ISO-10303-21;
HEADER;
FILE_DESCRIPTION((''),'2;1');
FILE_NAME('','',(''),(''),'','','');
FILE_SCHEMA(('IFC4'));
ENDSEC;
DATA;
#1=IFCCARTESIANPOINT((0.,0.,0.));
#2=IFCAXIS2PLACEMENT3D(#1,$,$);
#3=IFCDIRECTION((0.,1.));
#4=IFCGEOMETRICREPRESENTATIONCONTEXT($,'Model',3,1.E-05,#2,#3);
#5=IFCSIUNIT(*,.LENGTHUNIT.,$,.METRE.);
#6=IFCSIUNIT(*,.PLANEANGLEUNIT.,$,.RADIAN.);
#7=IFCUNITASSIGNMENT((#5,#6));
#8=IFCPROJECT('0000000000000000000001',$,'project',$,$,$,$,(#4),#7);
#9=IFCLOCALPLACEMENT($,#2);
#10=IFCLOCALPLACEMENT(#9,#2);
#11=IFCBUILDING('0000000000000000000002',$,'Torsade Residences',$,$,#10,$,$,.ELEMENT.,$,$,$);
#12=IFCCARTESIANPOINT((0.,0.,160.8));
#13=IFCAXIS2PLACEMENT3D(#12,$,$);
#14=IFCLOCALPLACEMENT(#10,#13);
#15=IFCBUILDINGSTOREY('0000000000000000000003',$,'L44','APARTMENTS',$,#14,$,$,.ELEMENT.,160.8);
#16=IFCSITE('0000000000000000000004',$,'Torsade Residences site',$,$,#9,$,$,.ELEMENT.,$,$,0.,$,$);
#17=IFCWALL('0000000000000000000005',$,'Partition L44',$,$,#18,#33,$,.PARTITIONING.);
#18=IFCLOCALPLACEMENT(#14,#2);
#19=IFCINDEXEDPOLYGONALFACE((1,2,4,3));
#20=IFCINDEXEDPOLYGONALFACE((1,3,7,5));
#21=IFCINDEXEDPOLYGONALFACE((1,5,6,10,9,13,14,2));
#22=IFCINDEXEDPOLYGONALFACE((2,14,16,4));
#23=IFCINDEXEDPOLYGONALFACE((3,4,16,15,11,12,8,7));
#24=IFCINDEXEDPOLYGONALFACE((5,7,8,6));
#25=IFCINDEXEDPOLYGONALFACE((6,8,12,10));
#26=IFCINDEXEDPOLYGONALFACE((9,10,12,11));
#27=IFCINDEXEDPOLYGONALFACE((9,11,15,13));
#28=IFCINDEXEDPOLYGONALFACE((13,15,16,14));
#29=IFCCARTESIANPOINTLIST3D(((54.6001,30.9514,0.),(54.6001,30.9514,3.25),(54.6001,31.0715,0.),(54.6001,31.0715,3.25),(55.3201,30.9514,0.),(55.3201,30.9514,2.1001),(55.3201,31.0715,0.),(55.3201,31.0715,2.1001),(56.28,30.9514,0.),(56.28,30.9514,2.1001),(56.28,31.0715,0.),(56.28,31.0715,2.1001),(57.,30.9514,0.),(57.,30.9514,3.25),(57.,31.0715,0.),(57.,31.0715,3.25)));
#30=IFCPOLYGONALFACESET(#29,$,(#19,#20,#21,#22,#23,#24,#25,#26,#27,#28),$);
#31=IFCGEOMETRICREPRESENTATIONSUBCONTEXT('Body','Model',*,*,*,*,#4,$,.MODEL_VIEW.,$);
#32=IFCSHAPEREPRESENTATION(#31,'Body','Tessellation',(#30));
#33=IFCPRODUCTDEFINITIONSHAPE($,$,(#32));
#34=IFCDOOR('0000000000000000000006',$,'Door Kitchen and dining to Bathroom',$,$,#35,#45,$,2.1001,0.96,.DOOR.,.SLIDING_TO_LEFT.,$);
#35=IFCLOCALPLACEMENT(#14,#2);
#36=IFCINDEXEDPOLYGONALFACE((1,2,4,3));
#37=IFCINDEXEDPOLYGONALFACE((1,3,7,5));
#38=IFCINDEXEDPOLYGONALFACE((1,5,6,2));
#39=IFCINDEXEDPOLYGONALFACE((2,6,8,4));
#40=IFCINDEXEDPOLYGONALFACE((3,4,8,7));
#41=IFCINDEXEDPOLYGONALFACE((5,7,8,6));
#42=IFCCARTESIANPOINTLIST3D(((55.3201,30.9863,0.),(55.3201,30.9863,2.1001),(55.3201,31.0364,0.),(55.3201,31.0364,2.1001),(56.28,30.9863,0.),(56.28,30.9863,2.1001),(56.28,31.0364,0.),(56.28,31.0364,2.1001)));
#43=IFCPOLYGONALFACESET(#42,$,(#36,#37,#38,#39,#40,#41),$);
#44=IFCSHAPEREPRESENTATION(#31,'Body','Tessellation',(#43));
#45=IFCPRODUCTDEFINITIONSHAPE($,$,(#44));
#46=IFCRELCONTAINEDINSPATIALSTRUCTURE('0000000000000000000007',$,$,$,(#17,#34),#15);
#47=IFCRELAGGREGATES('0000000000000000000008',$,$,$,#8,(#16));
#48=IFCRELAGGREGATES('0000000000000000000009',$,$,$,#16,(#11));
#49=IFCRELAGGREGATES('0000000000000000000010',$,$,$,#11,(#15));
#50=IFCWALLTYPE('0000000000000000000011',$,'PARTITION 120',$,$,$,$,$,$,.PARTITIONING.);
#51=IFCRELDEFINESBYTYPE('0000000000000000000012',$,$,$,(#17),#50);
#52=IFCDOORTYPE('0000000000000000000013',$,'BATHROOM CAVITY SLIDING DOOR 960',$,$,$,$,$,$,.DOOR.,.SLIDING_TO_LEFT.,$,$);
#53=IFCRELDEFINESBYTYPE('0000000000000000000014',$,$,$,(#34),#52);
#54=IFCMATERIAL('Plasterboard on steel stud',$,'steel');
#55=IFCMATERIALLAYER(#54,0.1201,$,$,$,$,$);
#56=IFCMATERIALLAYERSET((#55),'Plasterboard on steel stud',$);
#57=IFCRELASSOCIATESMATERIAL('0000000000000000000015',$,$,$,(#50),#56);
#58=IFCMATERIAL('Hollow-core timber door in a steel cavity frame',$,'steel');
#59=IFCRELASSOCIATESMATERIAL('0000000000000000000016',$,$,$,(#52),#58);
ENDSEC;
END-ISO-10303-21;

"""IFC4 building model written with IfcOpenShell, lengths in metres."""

from ifc_helpers import new_model, si_unit, direction, frame, frame_2d, origin, place, context, subcontext, project, spatial, rectangle, extrude, material, layer, layer_set, type_object, element, fill, save


model = new_model("IFC4")

# Units and contexts
model_context = context("Model", 3, precision=1e-05, world=origin(), true_north=direction((0.0, 1.0)))
body_context = subcontext(model_context, "Body", "Model", "MODEL_VIEW")
ifc_project = project(units=[si_unit("LENGTHUNIT", "METRE"), si_unit("PLANEANGLEUNIT", "RADIAN")], contexts=[model_context])

# Site, building, storey
site_placement = place(None, origin())
site = spatial("IfcSite", under=ifc_project, at=site_placement, Name="Torsade Residences site", CompositionType="ELEMENT", RefElevation=0.0)
building_placement = place(site_placement, origin())
building = spatial("IfcBuilding", under=site, at=building_placement, Name="Torsade Residences", CompositionType="ELEMENT")
storey_placement = place(building_placement, frame((0.0, 0.0, 160.8)))
storey = spatial("IfcBuildingStorey", under=building, at=storey_placement, Name="L44", Description="APARTMENTS", CompositionType="ELEMENT", Elevation=160.8)

# Wall, opening, door
ifc_material_1 = material(Name="Plasterboard on steel stud", Category="steel")
ifc_layer_1 = layer(ifc_material_1, 0.1201)
ifc_layer_set_1 = layer_set([ifc_layer_1], Name="Plasterboard on steel stud")
wall_type_1 = type_object("IfcWallType", Name="PARTITION 120", PredefinedType="PARTITIONING", material=ifc_layer_set_1)
wall_1_placement = place(storey_placement, frame((54.6001, 31.0115, 0.0), z_axis=(0.0, 0.0, 1.0), x_axis=(1.0, 0.0, 0.0)))
wall_1 = element("IfcWall", 1, at=wall_1_placement, inside=storey, type_object=wall_type_1, Name="Partition L44", PredefinedType="PARTITIONING", context=body_context, shape_type="SweptSolid", body=[
    extrude(rectangle(XDim=2.3999, YDim=0.1201, at=frame_2d((1.2, 0.0))), origin(), (0.0, 0.0, 1.0), 3.25),
])
opening_1_placement = place(wall_1_placement, frame((0.72, 0.0, 0.0)))
opening_1 = element("IfcOpeningElement", 2, at=opening_1_placement, cuts=wall_1, PredefinedType="OPENING", context=body_context, shape_type="SweptSolid", body=[
    extrude(rectangle(XDim=0.96, YDim=2.1001, at=frame_2d((0.48, 1.05))), frame((0.0, 0.0701, 0.0), z_axis=(0.0, -1.0, 0.0), x_axis=(1.0, 0.0, 0.0)), (0.0, 0.0, 1.0), 0.1401),
])
ifc_material_2 = material(Name="Hollow-core timber door in a steel cavity frame", Category="steel")
door_type_1 = type_object("IfcDoorType", Name="BATHROOM CAVITY SLIDING DOOR 960", OperationType="SLIDING_TO_LEFT", PredefinedType="DOOR", material=ifc_material_2)
door_1_placement = place(opening_1_placement, origin())
door_1 = element("IfcDoor", 3, at=door_1_placement, inside=storey, type_object=door_type_1, Name="Door Kitchen and dining to Bathroom", OperationType="SLIDING_TO_LEFT", OverallHeight=2.1001, OverallWidth=0.96, PredefinedType="DOOR", context=body_context, shape_type="SweptSolid", body=[
    extrude(rectangle(XDim=0.96, YDim=2.1001, at=frame_2d((0.48, 1.05))), frame((0.0, 0.0249, 0.0), z_axis=(0.0, -1.0, 0.0), x_axis=(1.0, 0.0, 0.0)), (0.0, 0.0, 1.0), 0.05),
])
fill(opening_1, door_1)

save(model, "model.ifc")
